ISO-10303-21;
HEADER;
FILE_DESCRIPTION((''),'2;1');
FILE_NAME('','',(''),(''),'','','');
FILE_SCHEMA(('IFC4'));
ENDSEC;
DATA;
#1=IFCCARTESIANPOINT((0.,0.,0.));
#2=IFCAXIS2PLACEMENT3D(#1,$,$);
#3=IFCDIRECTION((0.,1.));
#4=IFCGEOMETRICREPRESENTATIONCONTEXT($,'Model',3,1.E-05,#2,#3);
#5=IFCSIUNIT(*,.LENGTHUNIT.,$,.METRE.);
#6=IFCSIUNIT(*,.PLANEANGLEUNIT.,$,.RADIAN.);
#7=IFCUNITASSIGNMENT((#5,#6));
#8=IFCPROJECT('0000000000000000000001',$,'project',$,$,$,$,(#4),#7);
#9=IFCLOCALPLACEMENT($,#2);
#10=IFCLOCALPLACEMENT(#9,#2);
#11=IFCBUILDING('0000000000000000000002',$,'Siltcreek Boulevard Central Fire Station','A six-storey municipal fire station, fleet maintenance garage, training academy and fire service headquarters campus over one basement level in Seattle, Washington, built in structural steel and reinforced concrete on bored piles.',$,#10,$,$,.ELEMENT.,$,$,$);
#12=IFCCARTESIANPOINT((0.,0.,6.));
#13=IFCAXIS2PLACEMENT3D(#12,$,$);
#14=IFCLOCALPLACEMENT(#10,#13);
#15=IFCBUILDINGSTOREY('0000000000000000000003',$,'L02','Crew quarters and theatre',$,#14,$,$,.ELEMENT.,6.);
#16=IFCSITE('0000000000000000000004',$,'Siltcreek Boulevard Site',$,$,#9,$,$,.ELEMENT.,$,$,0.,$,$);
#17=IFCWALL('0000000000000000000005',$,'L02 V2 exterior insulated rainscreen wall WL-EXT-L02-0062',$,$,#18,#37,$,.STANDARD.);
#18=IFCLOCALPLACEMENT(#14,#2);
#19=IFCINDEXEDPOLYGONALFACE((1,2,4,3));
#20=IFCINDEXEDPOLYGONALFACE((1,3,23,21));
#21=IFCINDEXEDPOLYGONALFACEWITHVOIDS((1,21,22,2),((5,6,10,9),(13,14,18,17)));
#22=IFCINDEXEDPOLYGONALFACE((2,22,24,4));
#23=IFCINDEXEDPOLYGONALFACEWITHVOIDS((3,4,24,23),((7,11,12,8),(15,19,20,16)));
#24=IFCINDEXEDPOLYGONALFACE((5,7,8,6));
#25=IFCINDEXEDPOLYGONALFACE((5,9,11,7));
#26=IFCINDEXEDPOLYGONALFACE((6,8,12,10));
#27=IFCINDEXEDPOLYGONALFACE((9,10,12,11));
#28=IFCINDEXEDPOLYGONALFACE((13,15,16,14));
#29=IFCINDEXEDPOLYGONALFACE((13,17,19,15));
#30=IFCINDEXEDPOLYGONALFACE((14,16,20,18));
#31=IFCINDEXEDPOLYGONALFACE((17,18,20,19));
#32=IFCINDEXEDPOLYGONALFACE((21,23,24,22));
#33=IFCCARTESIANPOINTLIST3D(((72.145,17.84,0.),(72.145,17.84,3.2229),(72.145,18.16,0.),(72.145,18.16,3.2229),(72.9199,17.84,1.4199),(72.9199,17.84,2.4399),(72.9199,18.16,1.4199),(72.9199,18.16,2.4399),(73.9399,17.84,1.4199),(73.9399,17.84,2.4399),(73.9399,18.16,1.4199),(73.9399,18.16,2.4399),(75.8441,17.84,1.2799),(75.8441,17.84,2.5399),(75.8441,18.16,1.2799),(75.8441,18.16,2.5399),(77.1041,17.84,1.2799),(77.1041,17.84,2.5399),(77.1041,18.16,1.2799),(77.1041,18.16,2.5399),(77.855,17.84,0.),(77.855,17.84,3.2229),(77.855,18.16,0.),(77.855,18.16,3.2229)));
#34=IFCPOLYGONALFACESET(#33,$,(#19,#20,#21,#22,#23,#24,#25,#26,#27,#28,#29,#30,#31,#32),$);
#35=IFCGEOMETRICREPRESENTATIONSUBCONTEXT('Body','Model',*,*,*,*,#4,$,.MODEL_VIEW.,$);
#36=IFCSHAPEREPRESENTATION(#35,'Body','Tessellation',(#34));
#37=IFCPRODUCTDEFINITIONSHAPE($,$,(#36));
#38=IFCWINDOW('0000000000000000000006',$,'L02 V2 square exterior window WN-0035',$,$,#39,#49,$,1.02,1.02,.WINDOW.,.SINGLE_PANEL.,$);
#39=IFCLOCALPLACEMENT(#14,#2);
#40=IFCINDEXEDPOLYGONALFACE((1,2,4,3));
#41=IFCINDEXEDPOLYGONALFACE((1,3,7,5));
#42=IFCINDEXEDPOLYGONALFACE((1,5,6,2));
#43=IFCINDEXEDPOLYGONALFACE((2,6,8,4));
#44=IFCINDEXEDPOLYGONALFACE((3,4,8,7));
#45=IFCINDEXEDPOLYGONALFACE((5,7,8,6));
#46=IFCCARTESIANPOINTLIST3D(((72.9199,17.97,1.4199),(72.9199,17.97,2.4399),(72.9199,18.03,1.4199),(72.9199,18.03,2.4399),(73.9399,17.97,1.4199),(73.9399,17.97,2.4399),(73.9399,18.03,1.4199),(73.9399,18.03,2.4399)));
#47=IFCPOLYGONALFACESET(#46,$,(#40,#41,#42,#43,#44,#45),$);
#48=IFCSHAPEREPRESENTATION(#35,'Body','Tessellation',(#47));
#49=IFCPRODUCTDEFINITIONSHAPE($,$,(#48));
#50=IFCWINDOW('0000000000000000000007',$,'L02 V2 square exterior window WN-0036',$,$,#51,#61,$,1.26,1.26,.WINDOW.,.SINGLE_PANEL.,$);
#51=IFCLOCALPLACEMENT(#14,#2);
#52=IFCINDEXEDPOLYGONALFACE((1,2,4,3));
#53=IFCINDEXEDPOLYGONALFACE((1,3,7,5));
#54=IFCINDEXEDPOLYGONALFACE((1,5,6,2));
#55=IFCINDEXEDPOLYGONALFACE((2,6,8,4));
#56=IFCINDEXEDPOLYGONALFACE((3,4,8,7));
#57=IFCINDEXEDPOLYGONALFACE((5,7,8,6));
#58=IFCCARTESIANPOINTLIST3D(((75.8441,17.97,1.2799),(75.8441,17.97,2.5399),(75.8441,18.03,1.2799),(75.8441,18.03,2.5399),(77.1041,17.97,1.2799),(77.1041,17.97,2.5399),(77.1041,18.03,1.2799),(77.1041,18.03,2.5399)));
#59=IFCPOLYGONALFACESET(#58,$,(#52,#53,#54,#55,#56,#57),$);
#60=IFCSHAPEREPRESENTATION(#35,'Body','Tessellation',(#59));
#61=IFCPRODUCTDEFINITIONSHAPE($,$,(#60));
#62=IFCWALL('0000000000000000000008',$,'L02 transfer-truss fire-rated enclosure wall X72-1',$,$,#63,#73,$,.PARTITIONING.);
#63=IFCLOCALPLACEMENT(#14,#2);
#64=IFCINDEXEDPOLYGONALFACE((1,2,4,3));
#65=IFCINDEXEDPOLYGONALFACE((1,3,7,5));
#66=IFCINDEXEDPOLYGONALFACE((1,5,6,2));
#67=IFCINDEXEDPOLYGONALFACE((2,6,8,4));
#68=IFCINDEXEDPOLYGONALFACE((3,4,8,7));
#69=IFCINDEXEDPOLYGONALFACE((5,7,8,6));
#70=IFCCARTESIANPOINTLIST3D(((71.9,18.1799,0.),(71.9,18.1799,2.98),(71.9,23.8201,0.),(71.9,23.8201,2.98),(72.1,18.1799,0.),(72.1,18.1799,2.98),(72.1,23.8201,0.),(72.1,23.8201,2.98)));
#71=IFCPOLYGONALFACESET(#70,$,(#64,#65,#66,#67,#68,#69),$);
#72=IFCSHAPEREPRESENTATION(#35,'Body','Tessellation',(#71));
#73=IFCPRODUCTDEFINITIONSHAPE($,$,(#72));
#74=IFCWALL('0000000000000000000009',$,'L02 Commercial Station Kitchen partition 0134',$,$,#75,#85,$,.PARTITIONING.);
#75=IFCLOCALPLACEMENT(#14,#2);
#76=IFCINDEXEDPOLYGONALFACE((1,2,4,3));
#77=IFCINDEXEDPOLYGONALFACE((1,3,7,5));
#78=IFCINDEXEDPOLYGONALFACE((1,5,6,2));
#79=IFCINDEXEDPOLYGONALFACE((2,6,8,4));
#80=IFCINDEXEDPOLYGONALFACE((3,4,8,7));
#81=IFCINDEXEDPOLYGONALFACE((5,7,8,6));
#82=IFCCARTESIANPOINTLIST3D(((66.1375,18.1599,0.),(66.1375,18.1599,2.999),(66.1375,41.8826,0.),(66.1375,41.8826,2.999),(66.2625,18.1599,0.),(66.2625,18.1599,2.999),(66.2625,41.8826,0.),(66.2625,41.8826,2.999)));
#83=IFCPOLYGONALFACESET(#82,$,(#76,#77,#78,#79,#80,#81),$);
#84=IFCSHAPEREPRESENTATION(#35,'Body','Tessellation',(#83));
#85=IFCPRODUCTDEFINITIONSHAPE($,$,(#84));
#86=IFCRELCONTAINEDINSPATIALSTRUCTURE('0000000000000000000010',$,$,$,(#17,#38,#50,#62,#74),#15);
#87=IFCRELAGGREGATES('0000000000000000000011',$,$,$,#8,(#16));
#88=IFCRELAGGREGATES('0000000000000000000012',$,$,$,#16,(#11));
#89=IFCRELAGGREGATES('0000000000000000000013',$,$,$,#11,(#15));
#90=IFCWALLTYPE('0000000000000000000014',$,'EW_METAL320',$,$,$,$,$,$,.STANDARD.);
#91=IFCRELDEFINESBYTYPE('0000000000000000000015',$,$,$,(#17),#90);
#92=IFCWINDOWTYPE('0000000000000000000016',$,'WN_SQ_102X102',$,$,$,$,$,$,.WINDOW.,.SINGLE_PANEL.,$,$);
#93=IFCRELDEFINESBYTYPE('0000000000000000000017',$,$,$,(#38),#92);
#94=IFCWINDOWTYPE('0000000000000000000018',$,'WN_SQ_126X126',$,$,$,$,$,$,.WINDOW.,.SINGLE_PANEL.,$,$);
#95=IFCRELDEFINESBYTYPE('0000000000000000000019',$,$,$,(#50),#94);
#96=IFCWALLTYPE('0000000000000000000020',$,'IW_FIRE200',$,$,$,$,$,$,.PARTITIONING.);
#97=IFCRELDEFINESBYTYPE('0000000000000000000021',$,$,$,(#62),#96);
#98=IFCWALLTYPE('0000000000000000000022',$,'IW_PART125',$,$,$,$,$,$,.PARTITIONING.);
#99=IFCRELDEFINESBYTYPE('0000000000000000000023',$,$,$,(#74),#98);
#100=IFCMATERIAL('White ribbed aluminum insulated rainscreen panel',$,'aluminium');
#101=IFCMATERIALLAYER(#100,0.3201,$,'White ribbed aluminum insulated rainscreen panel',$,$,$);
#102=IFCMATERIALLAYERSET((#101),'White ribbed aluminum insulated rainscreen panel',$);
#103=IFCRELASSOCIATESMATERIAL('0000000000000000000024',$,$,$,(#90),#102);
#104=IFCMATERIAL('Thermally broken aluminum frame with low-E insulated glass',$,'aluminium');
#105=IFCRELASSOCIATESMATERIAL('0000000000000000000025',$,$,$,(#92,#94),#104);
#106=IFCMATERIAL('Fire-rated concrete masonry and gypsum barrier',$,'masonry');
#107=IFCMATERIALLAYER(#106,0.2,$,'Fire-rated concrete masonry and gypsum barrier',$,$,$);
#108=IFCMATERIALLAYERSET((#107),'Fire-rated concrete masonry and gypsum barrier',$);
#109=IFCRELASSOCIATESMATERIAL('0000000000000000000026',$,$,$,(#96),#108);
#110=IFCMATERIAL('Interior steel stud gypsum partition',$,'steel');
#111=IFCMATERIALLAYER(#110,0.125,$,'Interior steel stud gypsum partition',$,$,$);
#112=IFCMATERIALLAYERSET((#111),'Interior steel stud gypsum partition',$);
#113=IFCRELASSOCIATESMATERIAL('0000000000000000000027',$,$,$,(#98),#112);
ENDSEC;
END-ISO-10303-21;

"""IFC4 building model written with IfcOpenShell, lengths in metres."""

from ifc_helpers import new_model, si_unit, direction, frame, frame_2d, origin, place, context, subcontext, project, spatial, rectangle, extrude, material, layer, layer_set, type_object, element, fill, save


model = new_model("IFC4")

# Units and contexts
model_context = context("Model", 3, precision=1e-05, world=origin(), true_north=direction((0.0, 1.0)))
body_context = subcontext(model_context, "Body", "Model", "MODEL_VIEW")
ifc_project = project(units=[si_unit("LENGTHUNIT", "METRE"), si_unit("PLANEANGLEUNIT", "RADIAN")], contexts=[model_context])

# Site, building, storey
site_placement = place(None, origin())
site = spatial("IfcSite", under=ifc_project, at=site_placement, Name="Siltcreek Boulevard Site", CompositionType="ELEMENT", RefElevation=0.0)
building_placement = place(site_placement, origin())
building = spatial("IfcBuilding", under=site, at=building_placement, Name="Siltcreek Boulevard Central Fire Station", Description="A six-storey municipal fire station, fleet maintenance garage, training academy and fire service headquarters campus over one basement level in Seattle, Washington, built in structural steel and reinforced concrete on bored piles.", CompositionType="ELEMENT")
storey_placement = place(building_placement, frame((0.0, 0.0, 6.0)))
storey = spatial("IfcBuildingStorey", under=building, at=storey_placement, Name="L02", Description="Crew quarters and theatre", CompositionType="ELEMENT", Elevation=6.0)

# Wall, openings, windows
ifc_material_1 = material(Name="White ribbed aluminum insulated rainscreen panel", Category="aluminium")
ifc_layer_1 = layer(ifc_material_1, 0.3201, Name="White ribbed aluminum insulated rainscreen panel")
ifc_layer_set_1 = layer_set([ifc_layer_1], Name="White ribbed aluminum insulated rainscreen panel")
wall_type_1 = type_object("IfcWallType", Name="EW_METAL320", PredefinedType="STANDARD", material=ifc_layer_set_1)
ifc_material_2 = material(Name="Thermally broken aluminum frame with low-E insulated glass", Category="aluminium")
wall_1_placement = place(storey_placement, frame((72.145, 18.0, 0.0), z_axis=(0.0, 0.0, 1.0), x_axis=(1.0, 0.0, 0.0)))
wall_1 = element("IfcWall", 1, at=wall_1_placement, inside=storey, type_object=wall_type_1, Name="L02 V2 exterior insulated rainscreen wall WL-EXT-L02-0062", PredefinedType="STANDARD", context=body_context, shape_type="SweptSolid", body=[
    extrude(rectangle(XDim=5.71, YDim=0.3201, at=frame_2d((2.855, 0.0))), origin(), (0.0, 0.0, 1.0), 3.2229),
])
opening_1_placement = place(wall_1_placement, frame((0.7749, 0.0, 1.4199)))
opening_1 = element("IfcOpeningElement", 2, at=opening_1_placement, cuts=wall_1, PredefinedType="OPENING", context=body_context, shape_type="SweptSolid", body=[
    extrude(rectangle(XDim=1.02, YDim=1.02, at=frame_2d((0.51, 0.51))), frame((0.0, 0.1699, 0.0), z_axis=(0.0, -1.0, 0.0), x_axis=(1.0, 0.0, 0.0)), (0.0, 0.0, 1.0), 0.3401),
])
opening_2_placement = place(wall_1_placement, frame((3.6992, 0.0, 1.28)))
opening_2 = element("IfcOpeningElement", 3, at=opening_2_placement, cuts=wall_1, PredefinedType="OPENING", context=body_context, shape_type="SweptSolid", body=[
    extrude(rectangle(XDim=1.26, YDim=1.26, at=frame_2d((0.6299, 0.6299))), frame((0.0, 0.1699, 0.0), z_axis=(0.0, -1.0, 0.0), x_axis=(1.0, 0.0, 0.0)), (0.0, 0.0, 1.0), 0.3401),
])
window_type_1 = type_object("IfcWindowType", Name="WN_SQ_102X102", PartitioningType="SINGLE_PANEL", PredefinedType="WINDOW", material=ifc_material_2)
window_1_placement = place(opening_1_placement, origin())
window_1 = element("IfcWindow", 4, at=window_1_placement, inside=storey, type_object=window_type_1, Name="L02 V2 square exterior window WN-0035", OverallHeight=1.02, OverallWidth=1.02, PartitioningType="SINGLE_PANEL", PredefinedType="WINDOW", context=body_context, shape_type="SweptSolid", body=[
    extrude(rectangle(XDim=1.02, YDim=1.02, at=frame_2d((0.51, 0.51))), frame((0.0, 0.03, 0.0), z_axis=(0.0, -1.0, 0.0), x_axis=(1.0, 0.0, 0.0)), (0.0, 0.0, 1.0), 0.0601),
])
fill(opening_1, window_1)
window_type_2 = type_object("IfcWindowType", Name="WN_SQ_126X126", PartitioningType="SINGLE_PANEL", PredefinedType="WINDOW", material=ifc_material_2)
window_2_placement = place(opening_2_placement, origin())
window_2 = element("IfcWindow", 5, at=window_2_placement, inside=storey, type_object=window_type_2, Name="L02 V2 square exterior window WN-0036", OverallHeight=1.26, OverallWidth=1.26, PartitioningType="SINGLE_PANEL", PredefinedType="WINDOW", context=body_context, shape_type="SweptSolid", body=[
    extrude(rectangle(XDim=1.26, YDim=1.26, at=frame_2d((0.6299, 0.6299))), frame((0.0, 0.03, 0.0), z_axis=(0.0, -1.0, 0.0), x_axis=(1.0, 0.0, 0.0)), (0.0, 0.0, 1.0), 0.0601),
])
fill(opening_2, window_2)

# Walls
ifc_material_3 = material(Name="Fire-rated concrete masonry and gypsum barrier", Category="masonry")
ifc_layer_2 = layer(ifc_material_3, 0.2, Name="Fire-rated concrete masonry and gypsum barrier")
ifc_layer_set_2 = layer_set([ifc_layer_2], Name="Fire-rated concrete masonry and gypsum barrier")
wall_type_2 = type_object("IfcWallType", Name="IW_FIRE200", PredefinedType="PARTITIONING", material=ifc_layer_set_2)
wall_2_placement = place(storey_placement, frame((72.0, 18.1799, 0.0), z_axis=(0.0, 0.0, 1.0), x_axis=(0.0, 1.0, 0.0)))
element("IfcWall", 6, at=wall_2_placement, inside=storey, type_object=wall_type_2, Name="L02 transfer-truss fire-rated enclosure wall X72-1", PredefinedType="PARTITIONING", context=body_context, shape_type="SweptSolid", body=[
    extrude(rectangle(XDim=5.6401, YDim=0.2, at=frame_2d((2.8201, 0.0))), origin(), (0.0, 0.0, 1.0), 2.98),
])
ifc_material_4 = material(Name="Interior steel stud gypsum partition", Category="steel")
ifc_layer_3 = layer(ifc_material_4, 0.125, Name="Interior steel stud gypsum partition")
ifc_layer_set_3 = layer_set([ifc_layer_3], Name="Interior steel stud gypsum partition")
wall_type_3 = type_object("IfcWallType", Name="IW_PART125", PredefinedType="PARTITIONING", material=ifc_layer_set_3)
wall_3_placement = place(storey_placement, frame((66.2, 18.1599, 0.0), z_axis=(0.0, 0.0, 1.0), x_axis=(0.0, 1.0, 0.0)))
element("IfcWall", 7, at=wall_3_placement, inside=storey, type_object=wall_type_3, Name="L02 Commercial Station Kitchen partition 0134", PredefinedType="PARTITIONING", context=body_context, shape_type="SweptSolid", body=[
    extrude(rectangle(XDim=23.7227, YDim=0.125, at=frame_2d((11.8613, 0.0))), origin(), (0.0, 0.0, 1.0), 2.999),
])

save(model, "model.ifc")
